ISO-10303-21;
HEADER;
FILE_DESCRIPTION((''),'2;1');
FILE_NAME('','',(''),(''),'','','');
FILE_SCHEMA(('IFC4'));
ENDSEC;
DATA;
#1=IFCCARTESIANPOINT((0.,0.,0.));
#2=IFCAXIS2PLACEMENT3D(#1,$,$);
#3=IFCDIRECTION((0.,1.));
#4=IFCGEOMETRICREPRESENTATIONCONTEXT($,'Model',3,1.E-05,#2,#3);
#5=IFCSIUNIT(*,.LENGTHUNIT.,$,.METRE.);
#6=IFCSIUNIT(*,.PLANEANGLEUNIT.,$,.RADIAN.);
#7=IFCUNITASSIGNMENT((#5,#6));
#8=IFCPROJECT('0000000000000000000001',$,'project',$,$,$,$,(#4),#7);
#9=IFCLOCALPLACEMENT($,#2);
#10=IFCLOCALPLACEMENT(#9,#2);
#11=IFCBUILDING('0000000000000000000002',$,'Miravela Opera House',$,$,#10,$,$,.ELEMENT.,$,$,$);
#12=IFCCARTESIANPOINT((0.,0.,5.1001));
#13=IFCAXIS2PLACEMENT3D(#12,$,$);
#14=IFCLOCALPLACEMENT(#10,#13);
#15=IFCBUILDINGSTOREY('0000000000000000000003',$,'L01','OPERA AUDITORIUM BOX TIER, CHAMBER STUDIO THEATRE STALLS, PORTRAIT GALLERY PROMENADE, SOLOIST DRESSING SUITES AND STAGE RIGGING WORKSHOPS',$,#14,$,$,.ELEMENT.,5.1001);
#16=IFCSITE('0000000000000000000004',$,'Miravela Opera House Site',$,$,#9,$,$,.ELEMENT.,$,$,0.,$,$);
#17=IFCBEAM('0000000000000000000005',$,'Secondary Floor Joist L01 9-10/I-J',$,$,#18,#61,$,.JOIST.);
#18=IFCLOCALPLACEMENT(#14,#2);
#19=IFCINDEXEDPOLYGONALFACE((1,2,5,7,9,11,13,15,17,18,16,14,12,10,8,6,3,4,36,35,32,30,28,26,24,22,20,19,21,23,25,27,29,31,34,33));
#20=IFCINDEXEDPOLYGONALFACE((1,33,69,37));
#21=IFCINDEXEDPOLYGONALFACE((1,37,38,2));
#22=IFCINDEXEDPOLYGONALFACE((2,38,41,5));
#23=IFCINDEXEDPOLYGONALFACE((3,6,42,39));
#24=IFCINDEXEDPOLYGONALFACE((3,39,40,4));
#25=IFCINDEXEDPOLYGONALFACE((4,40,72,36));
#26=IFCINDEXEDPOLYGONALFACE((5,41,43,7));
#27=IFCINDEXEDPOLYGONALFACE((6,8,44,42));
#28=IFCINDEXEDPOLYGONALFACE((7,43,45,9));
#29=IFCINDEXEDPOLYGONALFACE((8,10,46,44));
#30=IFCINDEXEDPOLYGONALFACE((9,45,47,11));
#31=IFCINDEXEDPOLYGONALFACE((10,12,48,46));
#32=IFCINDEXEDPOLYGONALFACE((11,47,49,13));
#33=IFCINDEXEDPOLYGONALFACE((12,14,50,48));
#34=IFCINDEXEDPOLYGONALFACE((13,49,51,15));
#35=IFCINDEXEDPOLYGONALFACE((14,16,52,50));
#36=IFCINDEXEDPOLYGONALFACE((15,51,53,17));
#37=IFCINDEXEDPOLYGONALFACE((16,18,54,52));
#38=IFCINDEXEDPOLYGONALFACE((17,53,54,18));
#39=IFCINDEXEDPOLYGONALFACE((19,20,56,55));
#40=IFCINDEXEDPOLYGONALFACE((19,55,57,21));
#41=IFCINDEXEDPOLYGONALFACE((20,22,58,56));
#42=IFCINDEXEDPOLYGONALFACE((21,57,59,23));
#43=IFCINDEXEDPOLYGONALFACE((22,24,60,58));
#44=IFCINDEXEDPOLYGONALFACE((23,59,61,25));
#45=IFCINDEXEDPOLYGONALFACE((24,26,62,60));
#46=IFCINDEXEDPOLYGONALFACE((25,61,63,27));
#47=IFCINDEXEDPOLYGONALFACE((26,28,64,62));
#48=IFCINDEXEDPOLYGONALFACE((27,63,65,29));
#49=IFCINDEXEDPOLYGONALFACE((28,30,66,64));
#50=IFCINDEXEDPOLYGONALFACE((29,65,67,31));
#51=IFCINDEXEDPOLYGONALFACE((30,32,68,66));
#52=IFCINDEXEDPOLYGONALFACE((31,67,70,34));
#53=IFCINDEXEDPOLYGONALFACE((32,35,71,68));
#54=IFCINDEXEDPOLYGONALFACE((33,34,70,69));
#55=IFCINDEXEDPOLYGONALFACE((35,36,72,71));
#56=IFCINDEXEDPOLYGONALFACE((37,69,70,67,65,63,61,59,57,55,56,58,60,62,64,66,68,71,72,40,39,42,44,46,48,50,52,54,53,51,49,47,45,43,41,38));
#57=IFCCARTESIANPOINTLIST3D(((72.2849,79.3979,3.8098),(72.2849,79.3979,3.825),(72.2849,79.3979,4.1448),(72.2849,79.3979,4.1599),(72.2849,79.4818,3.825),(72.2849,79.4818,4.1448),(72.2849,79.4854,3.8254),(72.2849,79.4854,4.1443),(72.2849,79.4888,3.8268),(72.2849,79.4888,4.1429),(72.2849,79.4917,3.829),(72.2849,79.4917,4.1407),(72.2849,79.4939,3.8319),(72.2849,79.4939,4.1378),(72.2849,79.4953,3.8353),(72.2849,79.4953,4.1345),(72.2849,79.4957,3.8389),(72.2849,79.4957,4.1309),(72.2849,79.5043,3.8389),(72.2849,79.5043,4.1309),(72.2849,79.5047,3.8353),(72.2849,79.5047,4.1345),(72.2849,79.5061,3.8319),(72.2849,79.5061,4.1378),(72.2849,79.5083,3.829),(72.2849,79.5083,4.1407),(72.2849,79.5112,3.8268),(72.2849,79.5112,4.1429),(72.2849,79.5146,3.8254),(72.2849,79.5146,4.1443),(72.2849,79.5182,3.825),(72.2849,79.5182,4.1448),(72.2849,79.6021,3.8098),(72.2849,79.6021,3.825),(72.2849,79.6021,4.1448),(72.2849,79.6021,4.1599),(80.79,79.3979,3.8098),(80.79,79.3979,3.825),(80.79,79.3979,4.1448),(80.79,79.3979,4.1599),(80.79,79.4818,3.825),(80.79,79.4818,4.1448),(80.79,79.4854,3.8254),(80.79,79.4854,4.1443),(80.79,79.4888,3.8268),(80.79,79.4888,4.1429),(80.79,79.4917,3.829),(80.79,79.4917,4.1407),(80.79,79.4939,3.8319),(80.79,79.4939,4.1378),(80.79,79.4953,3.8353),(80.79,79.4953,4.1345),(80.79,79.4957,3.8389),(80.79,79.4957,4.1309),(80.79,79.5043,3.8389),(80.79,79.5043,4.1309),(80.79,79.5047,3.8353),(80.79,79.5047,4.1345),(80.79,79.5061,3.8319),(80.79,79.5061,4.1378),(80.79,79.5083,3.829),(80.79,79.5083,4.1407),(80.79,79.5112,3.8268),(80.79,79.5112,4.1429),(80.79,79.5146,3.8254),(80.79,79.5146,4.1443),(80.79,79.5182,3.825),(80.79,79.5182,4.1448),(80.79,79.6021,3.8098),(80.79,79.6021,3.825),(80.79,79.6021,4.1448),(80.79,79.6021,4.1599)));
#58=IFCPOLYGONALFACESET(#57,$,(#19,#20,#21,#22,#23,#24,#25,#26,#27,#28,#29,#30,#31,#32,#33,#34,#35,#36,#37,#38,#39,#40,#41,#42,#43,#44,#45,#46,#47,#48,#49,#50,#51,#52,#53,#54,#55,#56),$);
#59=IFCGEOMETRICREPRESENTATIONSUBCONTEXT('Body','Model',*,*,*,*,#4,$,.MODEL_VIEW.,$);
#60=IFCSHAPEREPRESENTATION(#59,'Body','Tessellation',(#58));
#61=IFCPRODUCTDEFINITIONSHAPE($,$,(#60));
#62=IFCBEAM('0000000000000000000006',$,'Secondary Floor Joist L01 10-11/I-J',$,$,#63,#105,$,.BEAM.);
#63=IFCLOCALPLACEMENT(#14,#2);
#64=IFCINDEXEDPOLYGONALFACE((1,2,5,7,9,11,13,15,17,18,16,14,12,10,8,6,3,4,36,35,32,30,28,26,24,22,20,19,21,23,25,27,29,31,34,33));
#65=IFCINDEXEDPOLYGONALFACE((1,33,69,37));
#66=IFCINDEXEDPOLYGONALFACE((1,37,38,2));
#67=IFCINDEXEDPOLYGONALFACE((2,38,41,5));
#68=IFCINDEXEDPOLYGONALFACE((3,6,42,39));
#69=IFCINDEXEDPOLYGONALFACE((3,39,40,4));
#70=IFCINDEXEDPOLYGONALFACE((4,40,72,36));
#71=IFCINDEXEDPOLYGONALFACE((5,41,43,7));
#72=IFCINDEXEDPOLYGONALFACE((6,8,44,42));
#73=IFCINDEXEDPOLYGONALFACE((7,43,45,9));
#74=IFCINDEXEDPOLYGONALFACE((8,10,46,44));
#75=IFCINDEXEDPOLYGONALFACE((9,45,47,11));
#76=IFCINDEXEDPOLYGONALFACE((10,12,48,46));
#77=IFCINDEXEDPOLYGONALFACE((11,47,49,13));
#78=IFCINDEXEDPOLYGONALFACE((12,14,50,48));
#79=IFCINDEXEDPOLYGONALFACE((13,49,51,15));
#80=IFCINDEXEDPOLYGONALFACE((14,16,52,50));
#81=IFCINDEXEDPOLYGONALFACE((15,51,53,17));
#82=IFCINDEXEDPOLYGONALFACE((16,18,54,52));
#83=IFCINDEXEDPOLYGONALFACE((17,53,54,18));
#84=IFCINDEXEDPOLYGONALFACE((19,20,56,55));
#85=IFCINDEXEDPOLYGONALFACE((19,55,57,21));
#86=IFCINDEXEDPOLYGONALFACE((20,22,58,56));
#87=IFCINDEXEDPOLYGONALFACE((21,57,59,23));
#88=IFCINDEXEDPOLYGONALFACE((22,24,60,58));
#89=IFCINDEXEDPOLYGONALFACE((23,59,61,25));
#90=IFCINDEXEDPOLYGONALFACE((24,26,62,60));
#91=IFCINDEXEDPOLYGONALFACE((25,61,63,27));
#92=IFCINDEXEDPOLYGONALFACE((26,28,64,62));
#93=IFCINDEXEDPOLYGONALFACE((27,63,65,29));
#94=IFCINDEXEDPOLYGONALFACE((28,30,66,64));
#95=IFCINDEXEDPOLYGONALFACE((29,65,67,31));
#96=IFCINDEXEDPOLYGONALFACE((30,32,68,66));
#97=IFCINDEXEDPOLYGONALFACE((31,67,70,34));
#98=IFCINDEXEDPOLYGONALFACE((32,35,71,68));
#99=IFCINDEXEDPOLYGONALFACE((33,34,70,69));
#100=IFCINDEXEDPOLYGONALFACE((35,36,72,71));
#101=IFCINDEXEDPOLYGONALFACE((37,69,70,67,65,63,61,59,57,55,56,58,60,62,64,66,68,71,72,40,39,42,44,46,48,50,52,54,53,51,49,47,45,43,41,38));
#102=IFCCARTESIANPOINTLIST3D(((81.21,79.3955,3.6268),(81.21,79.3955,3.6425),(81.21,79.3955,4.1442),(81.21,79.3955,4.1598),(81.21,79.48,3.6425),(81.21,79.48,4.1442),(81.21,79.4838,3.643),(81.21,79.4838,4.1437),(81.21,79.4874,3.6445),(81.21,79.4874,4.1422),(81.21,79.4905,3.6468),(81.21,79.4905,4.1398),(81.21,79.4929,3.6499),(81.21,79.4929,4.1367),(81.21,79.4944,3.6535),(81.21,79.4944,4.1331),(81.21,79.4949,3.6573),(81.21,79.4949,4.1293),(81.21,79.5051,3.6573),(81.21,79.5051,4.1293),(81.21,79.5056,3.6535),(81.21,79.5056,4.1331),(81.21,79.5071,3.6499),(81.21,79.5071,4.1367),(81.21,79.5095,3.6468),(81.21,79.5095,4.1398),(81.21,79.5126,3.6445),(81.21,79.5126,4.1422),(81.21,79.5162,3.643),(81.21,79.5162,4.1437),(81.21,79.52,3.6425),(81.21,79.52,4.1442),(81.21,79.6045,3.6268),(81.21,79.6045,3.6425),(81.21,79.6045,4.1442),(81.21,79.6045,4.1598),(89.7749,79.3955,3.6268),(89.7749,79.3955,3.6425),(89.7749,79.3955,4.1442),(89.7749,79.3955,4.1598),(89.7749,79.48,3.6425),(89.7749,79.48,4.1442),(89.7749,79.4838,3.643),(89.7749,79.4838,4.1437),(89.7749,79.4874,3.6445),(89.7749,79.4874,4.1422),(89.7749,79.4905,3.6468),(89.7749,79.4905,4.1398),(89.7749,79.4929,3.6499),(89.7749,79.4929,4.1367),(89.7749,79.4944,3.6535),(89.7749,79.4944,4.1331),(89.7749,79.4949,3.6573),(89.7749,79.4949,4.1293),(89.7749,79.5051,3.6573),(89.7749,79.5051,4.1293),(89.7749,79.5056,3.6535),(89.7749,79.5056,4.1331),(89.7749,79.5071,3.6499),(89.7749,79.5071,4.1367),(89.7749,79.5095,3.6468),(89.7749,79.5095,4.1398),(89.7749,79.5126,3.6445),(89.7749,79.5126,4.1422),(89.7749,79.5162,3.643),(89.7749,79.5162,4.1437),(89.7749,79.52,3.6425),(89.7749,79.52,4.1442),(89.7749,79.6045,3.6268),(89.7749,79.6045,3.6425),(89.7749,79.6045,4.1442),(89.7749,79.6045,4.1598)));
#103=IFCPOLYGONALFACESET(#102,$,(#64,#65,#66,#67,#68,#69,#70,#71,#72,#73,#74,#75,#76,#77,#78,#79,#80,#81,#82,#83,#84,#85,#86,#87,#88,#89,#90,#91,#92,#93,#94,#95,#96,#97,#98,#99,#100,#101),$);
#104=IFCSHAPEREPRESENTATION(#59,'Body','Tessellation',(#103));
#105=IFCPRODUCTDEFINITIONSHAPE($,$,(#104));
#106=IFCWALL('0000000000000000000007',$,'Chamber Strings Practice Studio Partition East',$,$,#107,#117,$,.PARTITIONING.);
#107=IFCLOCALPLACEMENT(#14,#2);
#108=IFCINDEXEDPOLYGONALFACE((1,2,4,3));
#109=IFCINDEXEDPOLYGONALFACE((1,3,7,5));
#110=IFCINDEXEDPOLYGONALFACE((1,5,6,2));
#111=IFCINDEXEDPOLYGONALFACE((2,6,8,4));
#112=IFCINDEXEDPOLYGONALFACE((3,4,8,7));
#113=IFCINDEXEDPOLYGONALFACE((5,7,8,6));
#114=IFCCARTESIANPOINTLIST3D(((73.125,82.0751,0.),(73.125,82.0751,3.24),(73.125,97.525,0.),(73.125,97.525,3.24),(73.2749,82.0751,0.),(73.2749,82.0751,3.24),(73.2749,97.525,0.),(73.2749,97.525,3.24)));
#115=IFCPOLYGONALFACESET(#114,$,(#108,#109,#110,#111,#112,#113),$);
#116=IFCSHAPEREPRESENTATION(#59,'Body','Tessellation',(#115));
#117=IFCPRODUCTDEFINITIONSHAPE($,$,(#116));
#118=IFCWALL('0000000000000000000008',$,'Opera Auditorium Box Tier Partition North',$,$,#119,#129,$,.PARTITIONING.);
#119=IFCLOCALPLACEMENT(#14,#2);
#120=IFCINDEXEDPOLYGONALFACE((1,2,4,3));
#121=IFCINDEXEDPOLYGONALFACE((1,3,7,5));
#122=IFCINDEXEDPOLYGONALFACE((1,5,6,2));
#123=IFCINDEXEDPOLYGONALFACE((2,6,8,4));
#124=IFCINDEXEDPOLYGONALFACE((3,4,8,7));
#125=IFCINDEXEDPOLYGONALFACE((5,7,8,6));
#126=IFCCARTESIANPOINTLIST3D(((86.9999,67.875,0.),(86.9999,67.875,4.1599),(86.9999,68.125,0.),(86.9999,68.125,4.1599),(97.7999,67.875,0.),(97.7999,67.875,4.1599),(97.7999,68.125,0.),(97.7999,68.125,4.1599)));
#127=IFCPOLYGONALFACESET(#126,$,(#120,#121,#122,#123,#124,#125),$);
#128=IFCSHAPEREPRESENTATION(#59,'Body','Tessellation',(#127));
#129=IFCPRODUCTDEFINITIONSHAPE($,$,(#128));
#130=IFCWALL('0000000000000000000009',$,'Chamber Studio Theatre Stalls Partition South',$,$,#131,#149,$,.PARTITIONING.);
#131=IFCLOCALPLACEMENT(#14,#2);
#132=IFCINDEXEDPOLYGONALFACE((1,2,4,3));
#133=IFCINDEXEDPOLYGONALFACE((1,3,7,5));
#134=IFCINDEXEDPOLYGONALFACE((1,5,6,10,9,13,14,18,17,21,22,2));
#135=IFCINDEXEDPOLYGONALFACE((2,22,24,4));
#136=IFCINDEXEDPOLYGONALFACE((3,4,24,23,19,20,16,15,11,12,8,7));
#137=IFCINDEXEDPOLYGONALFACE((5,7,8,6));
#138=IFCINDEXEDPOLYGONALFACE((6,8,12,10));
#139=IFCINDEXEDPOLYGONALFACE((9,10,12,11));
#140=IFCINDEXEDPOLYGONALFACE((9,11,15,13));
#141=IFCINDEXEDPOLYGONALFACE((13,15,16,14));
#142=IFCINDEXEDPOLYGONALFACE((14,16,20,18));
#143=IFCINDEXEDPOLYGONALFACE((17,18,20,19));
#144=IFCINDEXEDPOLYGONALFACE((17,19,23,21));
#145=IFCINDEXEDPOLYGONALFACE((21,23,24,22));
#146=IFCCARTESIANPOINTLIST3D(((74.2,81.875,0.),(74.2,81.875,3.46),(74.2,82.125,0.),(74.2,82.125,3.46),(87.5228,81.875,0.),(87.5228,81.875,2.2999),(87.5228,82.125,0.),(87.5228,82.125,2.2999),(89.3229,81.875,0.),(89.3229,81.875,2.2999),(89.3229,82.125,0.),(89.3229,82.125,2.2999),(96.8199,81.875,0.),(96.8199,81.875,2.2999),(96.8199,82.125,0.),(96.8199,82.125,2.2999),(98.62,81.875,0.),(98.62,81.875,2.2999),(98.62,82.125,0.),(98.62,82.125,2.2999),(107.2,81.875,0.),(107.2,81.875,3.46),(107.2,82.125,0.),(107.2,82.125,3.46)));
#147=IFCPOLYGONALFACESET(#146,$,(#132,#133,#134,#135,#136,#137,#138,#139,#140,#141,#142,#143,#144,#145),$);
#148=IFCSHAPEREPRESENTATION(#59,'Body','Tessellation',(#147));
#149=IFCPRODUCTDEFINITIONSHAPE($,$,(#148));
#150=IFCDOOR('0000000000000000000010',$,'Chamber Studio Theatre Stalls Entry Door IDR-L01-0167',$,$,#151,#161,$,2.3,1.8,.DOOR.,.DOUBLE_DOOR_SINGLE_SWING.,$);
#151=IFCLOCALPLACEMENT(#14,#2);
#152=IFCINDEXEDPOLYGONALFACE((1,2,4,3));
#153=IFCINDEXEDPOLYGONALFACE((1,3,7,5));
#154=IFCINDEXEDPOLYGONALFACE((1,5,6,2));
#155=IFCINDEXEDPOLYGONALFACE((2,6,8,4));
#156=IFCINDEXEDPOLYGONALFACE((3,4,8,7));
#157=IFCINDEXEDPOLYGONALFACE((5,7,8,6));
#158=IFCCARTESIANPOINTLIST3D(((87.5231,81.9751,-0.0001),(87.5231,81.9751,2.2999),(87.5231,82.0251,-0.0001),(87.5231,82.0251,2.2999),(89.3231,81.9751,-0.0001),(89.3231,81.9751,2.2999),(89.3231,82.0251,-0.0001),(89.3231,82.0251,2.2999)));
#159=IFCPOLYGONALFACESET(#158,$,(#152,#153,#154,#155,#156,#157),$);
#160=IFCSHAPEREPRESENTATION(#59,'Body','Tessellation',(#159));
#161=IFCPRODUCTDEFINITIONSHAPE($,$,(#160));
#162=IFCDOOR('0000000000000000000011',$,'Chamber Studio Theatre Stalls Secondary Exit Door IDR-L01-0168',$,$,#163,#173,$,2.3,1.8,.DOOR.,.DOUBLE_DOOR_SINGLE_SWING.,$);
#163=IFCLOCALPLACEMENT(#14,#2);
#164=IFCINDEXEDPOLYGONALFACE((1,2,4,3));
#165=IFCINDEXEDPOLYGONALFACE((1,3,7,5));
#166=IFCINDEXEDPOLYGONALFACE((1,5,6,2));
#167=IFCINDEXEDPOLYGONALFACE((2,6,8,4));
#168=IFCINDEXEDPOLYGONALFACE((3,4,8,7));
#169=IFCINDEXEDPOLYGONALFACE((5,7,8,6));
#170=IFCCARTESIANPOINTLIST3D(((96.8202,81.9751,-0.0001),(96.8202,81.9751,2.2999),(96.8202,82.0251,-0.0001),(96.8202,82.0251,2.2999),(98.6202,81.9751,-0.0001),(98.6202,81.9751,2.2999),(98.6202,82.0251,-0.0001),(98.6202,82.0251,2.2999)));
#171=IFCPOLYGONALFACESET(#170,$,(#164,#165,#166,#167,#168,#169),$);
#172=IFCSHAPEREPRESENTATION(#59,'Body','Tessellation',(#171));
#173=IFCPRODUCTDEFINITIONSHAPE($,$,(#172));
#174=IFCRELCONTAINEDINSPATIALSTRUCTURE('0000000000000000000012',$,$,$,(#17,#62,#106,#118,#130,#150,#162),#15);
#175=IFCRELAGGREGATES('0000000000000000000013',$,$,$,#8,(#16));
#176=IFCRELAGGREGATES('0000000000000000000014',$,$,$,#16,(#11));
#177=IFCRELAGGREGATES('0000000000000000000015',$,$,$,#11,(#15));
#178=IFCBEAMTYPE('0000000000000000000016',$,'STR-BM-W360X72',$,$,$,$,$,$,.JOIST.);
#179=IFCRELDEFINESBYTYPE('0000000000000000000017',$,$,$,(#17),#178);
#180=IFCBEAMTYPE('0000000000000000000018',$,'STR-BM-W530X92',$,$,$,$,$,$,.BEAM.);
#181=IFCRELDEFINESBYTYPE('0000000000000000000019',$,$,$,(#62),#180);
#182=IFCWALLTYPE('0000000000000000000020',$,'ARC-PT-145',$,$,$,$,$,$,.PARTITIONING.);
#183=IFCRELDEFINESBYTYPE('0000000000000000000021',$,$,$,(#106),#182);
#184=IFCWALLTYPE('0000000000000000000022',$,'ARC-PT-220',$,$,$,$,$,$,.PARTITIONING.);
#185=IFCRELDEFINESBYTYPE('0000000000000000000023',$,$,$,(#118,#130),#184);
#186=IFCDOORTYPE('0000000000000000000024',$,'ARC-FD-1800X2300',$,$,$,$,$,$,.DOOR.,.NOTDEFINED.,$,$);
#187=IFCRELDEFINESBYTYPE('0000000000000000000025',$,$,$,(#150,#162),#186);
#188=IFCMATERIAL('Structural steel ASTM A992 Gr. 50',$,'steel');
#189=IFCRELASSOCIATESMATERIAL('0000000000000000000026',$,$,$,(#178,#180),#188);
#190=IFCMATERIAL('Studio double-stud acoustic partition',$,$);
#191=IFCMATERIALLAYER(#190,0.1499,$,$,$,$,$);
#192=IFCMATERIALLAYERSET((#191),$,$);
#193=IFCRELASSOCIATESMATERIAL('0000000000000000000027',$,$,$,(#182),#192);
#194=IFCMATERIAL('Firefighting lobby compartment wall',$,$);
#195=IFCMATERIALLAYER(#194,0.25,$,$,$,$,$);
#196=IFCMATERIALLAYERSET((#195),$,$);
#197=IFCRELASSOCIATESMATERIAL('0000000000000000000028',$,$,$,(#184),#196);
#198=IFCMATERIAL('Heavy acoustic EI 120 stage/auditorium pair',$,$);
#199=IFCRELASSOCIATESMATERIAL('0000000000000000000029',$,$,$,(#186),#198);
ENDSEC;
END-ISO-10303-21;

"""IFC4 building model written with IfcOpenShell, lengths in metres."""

from ifc_helpers import new_model, si_unit, direction, frame, frame_2d, origin, origin_2d, place, context, subcontext, project, spatial, rectangle, i_section, extrude, material, layer, layer_set, material_profile, profile_set, type_object, element, fill, save


model = new_model("IFC4")

# Units and contexts
model_context = context("Model", 3, precision=1e-05, world=origin(), true_north=direction((0.0, 1.0)))
body_context = subcontext(model_context, "Body", "Model", "MODEL_VIEW")
ifc_project = project(units=[si_unit("LENGTHUNIT", "METRE"), si_unit("PLANEANGLEUNIT", "RADIAN")], contexts=[model_context])

# Site, building, storey
site_placement = place(None, origin())
site = spatial("IfcSite", under=ifc_project, at=site_placement, Name="Miravela Opera House Site", CompositionType="ELEMENT", RefElevation=0.0)
building_placement = place(site_placement, origin())
building = spatial("IfcBuilding", under=site, at=building_placement, Name="Miravela Opera House", CompositionType="ELEMENT")
storey_placement = place(building_placement, frame((0.0, 0.0, 5.1001)))
storey = spatial("IfcBuildingStorey", under=building, at=storey_placement, Name="L01", Description="OPERA AUDITORIUM BOX TIER, CHAMBER STUDIO THEATRE STALLS, PORTRAIT GALLERY PROMENADE, SOLOIST DRESSING SUITES AND STAGE RIGGING WORKSHOPS", CompositionType="ELEMENT", Elevation=5.1001)

# Beams
ifc_material_1 = material(Name="Structural steel ASTM A992 Gr. 50", Category="steel")
ifc_material_profile_1 = material_profile(ifc_material_1, i_section(OverallWidth=0.2041, OverallDepth=0.3501, WebThickness=0.0085, FlangeThickness=0.0151, FilletRadius=0.0139, at=origin_2d()), Name="W360X72")
ifc_profile_set_1 = profile_set([ifc_material_profile_1])
beam_type_1 = type_object("IfcBeamType", Name="STR-BM-W360X72", PredefinedType="JOIST", material=ifc_profile_set_1)
beam_1_placement = place(storey_placement, frame((72.2849, 79.5, 3.9849), z_axis=(1.0, 0.0, 0.0), x_axis=(0.0, 1.0, 0.0)))
element("IfcBeam", 1, at=beam_1_placement, inside=storey, type_object=beam_type_1, Name="Secondary Floor Joist L01 9-10/I-J", PredefinedType="JOIST", context=body_context, shape_type="SweptSolid", body=[
    extrude(i_section(OverallWidth=0.2041, OverallDepth=0.3501, WebThickness=0.0085, FlangeThickness=0.0151, FilletRadius=0.0139, at=origin_2d()), origin(), (0.0, 0.0, 1.0), 8.5051),
])
ifc_material_profile_2 = material_profile(ifc_material_1, i_section(OverallWidth=0.209, OverallDepth=0.533, WebThickness=0.0103, FlangeThickness=0.0156, FilletRadius=0.0149, at=origin_2d()), Name="W530X92")
ifc_profile_set_2 = profile_set([ifc_material_profile_2])
beam_type_2 = type_object("IfcBeamType", Name="STR-BM-W530X92", PredefinedType="BEAM", material=ifc_profile_set_2)
beam_2_placement = place(storey_placement, frame((81.21, 79.5, 3.8933), z_axis=(1.0, 0.0, 0.0), x_axis=(0.0, 1.0, 0.0)))
element("IfcBeam", 2, at=beam_2_placement, inside=storey, type_object=beam_type_2, Name="Secondary Floor Joist L01 10-11/I-J", PredefinedType="BEAM", context=body_context, shape_type="SweptSolid", body=[
    extrude(i_section(OverallWidth=0.209, OverallDepth=0.533, WebThickness=0.0103, FlangeThickness=0.0156, FilletRadius=0.0149, at=origin_2d()), origin(), (0.0, 0.0, 1.0), 8.5649),
])

# Walls
ifc_material_2 = material(Name="Studio double-stud acoustic partition")
ifc_layer_1 = layer(ifc_material_2, 0.1499)
ifc_layer_set_1 = layer_set([ifc_layer_1])
wall_type_1 = type_object("IfcWallType", Name="ARC-PT-145", PredefinedType="PARTITIONING", material=ifc_layer_set_1)
wall_1_placement = place(storey_placement, frame((73.2, 82.075, 0.0), z_axis=(0.0, 0.0, 1.0), x_axis=(0.0, 1.0, 0.0)))
element("IfcWall", 3, at=wall_1_placement, inside=storey, type_object=wall_type_1, Name="Chamber Strings Practice Studio Partition East", PredefinedType="PARTITIONING", context=body_context, shape_type="SweptSolid", body=[
    extrude(rectangle(XDim=15.45, YDim=0.1499, at=frame_2d((7.7251, 0.0))), origin(), (0.0, 0.0, 1.0), 3.24),
])
ifc_material_3 = material(Name="Firefighting lobby compartment wall")
ifc_layer_2 = layer(ifc_material_3, 0.25)
ifc_layer_set_2 = layer_set([ifc_layer_2])
wall_type_2 = type_object("IfcWallType", Name="ARC-PT-220", PredefinedType="PARTITIONING", material=ifc_layer_set_2)
wall_2_placement = place(storey_placement, frame((87.0, 68.0, 0.0), z_axis=(0.0, 0.0, 1.0), x_axis=(1.0, 0.0, 0.0)))
element("IfcWall", 4, at=wall_2_placement, inside=storey, type_object=wall_type_2, Name="Opera Auditorium Box Tier Partition North", PredefinedType="PARTITIONING", context=body_context, shape_type="SweptSolid", body=[
    extrude(rectangle(XDim=10.8, YDim=0.25, at=frame_2d((5.3999, 0.0))), origin(), (0.0, 0.0, 1.0), 4.1599),
])

# Wall, openings, doors
wall_3_placement = place(storey_placement, frame((74.2, 82.0, 0.0), z_axis=(0.0, 0.0, 1.0), x_axis=(1.0, 0.0, 0.0)))
wall_3 = element("IfcWall", 5, at=wall_3_placement, inside=storey, type_object=wall_type_2, Name="Chamber Studio Theatre Stalls Partition South", PredefinedType="PARTITIONING", context=body_context, shape_type="SweptSolid", body=[
    extrude(rectangle(XDim=33.0, YDim=0.25, at=frame_2d((16.5, 0.0))), origin(), (0.0, 0.0, 1.0), 3.46),
])
opening_1_placement = place(wall_3_placement, frame((13.323, 0.0, 0.0)))
opening_1 = element("IfcOpeningElement", 6, at=opening_1_placement, cuts=wall_3, PredefinedType="OPENING", context=body_context, shape_type="SweptSolid", body=[
    extrude(rectangle(XDim=1.8, YDim=2.3, at=frame_2d((0.8999, 1.1499))), frame((0.0, 0.135, 0.0), z_axis=(0.0, -1.0, 0.0), x_axis=(1.0, 0.0, 0.0)), (0.0, 0.0, 1.0), 0.27),
])
opening_2_placement = place(wall_3_placement, frame((22.6201, 0.0, 0.0)))
opening_2 = element("IfcOpeningElement", 7, at=opening_2_placement, cuts=wall_3, PredefinedType="OPENING", context=body_context, shape_type="SweptSolid", body=[
    extrude(rectangle(XDim=1.8, YDim=2.3, at=frame_2d((0.8999, 1.1499))), frame((0.0, 0.135, 0.0), z_axis=(0.0, -1.0, 0.0), x_axis=(1.0, 0.0, 0.0)), (0.0, 0.0, 1.0), 0.27),
])
ifc_material_4 = material(Name="Heavy acoustic EI 120 stage/auditorium pair")
door_type_1 = type_object("IfcDoorType", Name="ARC-FD-1800X2300", OperationType="NOTDEFINED", PredefinedType="DOOR", material=ifc_material_4)
door_1_placement = place(opening_1_placement, frame((1.8, 0.0, 0.0), z_axis=(0.0, 0.0, 1.0), x_axis=(-1.0, 0.0, 0.0)))
door_1 = element("IfcDoor", 8, at=door_1_placement, inside=storey, type_object=door_type_1, Name="Chamber Studio Theatre Stalls Entry Door IDR-L01-0167", OperationType="DOUBLE_DOOR_SINGLE_SWING", OverallHeight=2.3, OverallWidth=1.8, PredefinedType="DOOR", context=body_context, shape_type="SweptSolid", body=[
    extrude(rectangle(XDim=1.8, YDim=2.3, at=frame_2d((0.8999, 1.1499))), frame((0.0, 0.0249, 0.0), z_axis=(0.0, -1.0, 0.0), x_axis=(1.0, 0.0, 0.0)), (0.0, 0.0, 1.0), 0.05),
])
fill(opening_1, door_1)
door_2_placement = place(opening_2_placement, frame((1.8, 0.0, 0.0), z_axis=(0.0, 0.0, 1.0), x_axis=(-1.0, 0.0, 0.0)))
door_2 = element("IfcDoor", 9, at=door_2_placement, inside=storey, type_object=door_type_1, Name="Chamber Studio Theatre Stalls Secondary Exit Door IDR-L01-0168", OperationType="DOUBLE_DOOR_SINGLE_SWING", OverallHeight=2.3, OverallWidth=1.8, PredefinedType="DOOR", context=body_context, shape_type="SweptSolid", body=[
    extrude(rectangle(XDim=1.8, YDim=2.3, at=frame_2d((0.8999, 1.1499))), frame((0.0, 0.0249, 0.0), z_axis=(0.0, -1.0, 0.0), x_axis=(1.0, 0.0, 0.0)), (0.0, 0.0, 1.0), 0.05),
])
fill(opening_2, door_2)

save(model, "model.ifc")
